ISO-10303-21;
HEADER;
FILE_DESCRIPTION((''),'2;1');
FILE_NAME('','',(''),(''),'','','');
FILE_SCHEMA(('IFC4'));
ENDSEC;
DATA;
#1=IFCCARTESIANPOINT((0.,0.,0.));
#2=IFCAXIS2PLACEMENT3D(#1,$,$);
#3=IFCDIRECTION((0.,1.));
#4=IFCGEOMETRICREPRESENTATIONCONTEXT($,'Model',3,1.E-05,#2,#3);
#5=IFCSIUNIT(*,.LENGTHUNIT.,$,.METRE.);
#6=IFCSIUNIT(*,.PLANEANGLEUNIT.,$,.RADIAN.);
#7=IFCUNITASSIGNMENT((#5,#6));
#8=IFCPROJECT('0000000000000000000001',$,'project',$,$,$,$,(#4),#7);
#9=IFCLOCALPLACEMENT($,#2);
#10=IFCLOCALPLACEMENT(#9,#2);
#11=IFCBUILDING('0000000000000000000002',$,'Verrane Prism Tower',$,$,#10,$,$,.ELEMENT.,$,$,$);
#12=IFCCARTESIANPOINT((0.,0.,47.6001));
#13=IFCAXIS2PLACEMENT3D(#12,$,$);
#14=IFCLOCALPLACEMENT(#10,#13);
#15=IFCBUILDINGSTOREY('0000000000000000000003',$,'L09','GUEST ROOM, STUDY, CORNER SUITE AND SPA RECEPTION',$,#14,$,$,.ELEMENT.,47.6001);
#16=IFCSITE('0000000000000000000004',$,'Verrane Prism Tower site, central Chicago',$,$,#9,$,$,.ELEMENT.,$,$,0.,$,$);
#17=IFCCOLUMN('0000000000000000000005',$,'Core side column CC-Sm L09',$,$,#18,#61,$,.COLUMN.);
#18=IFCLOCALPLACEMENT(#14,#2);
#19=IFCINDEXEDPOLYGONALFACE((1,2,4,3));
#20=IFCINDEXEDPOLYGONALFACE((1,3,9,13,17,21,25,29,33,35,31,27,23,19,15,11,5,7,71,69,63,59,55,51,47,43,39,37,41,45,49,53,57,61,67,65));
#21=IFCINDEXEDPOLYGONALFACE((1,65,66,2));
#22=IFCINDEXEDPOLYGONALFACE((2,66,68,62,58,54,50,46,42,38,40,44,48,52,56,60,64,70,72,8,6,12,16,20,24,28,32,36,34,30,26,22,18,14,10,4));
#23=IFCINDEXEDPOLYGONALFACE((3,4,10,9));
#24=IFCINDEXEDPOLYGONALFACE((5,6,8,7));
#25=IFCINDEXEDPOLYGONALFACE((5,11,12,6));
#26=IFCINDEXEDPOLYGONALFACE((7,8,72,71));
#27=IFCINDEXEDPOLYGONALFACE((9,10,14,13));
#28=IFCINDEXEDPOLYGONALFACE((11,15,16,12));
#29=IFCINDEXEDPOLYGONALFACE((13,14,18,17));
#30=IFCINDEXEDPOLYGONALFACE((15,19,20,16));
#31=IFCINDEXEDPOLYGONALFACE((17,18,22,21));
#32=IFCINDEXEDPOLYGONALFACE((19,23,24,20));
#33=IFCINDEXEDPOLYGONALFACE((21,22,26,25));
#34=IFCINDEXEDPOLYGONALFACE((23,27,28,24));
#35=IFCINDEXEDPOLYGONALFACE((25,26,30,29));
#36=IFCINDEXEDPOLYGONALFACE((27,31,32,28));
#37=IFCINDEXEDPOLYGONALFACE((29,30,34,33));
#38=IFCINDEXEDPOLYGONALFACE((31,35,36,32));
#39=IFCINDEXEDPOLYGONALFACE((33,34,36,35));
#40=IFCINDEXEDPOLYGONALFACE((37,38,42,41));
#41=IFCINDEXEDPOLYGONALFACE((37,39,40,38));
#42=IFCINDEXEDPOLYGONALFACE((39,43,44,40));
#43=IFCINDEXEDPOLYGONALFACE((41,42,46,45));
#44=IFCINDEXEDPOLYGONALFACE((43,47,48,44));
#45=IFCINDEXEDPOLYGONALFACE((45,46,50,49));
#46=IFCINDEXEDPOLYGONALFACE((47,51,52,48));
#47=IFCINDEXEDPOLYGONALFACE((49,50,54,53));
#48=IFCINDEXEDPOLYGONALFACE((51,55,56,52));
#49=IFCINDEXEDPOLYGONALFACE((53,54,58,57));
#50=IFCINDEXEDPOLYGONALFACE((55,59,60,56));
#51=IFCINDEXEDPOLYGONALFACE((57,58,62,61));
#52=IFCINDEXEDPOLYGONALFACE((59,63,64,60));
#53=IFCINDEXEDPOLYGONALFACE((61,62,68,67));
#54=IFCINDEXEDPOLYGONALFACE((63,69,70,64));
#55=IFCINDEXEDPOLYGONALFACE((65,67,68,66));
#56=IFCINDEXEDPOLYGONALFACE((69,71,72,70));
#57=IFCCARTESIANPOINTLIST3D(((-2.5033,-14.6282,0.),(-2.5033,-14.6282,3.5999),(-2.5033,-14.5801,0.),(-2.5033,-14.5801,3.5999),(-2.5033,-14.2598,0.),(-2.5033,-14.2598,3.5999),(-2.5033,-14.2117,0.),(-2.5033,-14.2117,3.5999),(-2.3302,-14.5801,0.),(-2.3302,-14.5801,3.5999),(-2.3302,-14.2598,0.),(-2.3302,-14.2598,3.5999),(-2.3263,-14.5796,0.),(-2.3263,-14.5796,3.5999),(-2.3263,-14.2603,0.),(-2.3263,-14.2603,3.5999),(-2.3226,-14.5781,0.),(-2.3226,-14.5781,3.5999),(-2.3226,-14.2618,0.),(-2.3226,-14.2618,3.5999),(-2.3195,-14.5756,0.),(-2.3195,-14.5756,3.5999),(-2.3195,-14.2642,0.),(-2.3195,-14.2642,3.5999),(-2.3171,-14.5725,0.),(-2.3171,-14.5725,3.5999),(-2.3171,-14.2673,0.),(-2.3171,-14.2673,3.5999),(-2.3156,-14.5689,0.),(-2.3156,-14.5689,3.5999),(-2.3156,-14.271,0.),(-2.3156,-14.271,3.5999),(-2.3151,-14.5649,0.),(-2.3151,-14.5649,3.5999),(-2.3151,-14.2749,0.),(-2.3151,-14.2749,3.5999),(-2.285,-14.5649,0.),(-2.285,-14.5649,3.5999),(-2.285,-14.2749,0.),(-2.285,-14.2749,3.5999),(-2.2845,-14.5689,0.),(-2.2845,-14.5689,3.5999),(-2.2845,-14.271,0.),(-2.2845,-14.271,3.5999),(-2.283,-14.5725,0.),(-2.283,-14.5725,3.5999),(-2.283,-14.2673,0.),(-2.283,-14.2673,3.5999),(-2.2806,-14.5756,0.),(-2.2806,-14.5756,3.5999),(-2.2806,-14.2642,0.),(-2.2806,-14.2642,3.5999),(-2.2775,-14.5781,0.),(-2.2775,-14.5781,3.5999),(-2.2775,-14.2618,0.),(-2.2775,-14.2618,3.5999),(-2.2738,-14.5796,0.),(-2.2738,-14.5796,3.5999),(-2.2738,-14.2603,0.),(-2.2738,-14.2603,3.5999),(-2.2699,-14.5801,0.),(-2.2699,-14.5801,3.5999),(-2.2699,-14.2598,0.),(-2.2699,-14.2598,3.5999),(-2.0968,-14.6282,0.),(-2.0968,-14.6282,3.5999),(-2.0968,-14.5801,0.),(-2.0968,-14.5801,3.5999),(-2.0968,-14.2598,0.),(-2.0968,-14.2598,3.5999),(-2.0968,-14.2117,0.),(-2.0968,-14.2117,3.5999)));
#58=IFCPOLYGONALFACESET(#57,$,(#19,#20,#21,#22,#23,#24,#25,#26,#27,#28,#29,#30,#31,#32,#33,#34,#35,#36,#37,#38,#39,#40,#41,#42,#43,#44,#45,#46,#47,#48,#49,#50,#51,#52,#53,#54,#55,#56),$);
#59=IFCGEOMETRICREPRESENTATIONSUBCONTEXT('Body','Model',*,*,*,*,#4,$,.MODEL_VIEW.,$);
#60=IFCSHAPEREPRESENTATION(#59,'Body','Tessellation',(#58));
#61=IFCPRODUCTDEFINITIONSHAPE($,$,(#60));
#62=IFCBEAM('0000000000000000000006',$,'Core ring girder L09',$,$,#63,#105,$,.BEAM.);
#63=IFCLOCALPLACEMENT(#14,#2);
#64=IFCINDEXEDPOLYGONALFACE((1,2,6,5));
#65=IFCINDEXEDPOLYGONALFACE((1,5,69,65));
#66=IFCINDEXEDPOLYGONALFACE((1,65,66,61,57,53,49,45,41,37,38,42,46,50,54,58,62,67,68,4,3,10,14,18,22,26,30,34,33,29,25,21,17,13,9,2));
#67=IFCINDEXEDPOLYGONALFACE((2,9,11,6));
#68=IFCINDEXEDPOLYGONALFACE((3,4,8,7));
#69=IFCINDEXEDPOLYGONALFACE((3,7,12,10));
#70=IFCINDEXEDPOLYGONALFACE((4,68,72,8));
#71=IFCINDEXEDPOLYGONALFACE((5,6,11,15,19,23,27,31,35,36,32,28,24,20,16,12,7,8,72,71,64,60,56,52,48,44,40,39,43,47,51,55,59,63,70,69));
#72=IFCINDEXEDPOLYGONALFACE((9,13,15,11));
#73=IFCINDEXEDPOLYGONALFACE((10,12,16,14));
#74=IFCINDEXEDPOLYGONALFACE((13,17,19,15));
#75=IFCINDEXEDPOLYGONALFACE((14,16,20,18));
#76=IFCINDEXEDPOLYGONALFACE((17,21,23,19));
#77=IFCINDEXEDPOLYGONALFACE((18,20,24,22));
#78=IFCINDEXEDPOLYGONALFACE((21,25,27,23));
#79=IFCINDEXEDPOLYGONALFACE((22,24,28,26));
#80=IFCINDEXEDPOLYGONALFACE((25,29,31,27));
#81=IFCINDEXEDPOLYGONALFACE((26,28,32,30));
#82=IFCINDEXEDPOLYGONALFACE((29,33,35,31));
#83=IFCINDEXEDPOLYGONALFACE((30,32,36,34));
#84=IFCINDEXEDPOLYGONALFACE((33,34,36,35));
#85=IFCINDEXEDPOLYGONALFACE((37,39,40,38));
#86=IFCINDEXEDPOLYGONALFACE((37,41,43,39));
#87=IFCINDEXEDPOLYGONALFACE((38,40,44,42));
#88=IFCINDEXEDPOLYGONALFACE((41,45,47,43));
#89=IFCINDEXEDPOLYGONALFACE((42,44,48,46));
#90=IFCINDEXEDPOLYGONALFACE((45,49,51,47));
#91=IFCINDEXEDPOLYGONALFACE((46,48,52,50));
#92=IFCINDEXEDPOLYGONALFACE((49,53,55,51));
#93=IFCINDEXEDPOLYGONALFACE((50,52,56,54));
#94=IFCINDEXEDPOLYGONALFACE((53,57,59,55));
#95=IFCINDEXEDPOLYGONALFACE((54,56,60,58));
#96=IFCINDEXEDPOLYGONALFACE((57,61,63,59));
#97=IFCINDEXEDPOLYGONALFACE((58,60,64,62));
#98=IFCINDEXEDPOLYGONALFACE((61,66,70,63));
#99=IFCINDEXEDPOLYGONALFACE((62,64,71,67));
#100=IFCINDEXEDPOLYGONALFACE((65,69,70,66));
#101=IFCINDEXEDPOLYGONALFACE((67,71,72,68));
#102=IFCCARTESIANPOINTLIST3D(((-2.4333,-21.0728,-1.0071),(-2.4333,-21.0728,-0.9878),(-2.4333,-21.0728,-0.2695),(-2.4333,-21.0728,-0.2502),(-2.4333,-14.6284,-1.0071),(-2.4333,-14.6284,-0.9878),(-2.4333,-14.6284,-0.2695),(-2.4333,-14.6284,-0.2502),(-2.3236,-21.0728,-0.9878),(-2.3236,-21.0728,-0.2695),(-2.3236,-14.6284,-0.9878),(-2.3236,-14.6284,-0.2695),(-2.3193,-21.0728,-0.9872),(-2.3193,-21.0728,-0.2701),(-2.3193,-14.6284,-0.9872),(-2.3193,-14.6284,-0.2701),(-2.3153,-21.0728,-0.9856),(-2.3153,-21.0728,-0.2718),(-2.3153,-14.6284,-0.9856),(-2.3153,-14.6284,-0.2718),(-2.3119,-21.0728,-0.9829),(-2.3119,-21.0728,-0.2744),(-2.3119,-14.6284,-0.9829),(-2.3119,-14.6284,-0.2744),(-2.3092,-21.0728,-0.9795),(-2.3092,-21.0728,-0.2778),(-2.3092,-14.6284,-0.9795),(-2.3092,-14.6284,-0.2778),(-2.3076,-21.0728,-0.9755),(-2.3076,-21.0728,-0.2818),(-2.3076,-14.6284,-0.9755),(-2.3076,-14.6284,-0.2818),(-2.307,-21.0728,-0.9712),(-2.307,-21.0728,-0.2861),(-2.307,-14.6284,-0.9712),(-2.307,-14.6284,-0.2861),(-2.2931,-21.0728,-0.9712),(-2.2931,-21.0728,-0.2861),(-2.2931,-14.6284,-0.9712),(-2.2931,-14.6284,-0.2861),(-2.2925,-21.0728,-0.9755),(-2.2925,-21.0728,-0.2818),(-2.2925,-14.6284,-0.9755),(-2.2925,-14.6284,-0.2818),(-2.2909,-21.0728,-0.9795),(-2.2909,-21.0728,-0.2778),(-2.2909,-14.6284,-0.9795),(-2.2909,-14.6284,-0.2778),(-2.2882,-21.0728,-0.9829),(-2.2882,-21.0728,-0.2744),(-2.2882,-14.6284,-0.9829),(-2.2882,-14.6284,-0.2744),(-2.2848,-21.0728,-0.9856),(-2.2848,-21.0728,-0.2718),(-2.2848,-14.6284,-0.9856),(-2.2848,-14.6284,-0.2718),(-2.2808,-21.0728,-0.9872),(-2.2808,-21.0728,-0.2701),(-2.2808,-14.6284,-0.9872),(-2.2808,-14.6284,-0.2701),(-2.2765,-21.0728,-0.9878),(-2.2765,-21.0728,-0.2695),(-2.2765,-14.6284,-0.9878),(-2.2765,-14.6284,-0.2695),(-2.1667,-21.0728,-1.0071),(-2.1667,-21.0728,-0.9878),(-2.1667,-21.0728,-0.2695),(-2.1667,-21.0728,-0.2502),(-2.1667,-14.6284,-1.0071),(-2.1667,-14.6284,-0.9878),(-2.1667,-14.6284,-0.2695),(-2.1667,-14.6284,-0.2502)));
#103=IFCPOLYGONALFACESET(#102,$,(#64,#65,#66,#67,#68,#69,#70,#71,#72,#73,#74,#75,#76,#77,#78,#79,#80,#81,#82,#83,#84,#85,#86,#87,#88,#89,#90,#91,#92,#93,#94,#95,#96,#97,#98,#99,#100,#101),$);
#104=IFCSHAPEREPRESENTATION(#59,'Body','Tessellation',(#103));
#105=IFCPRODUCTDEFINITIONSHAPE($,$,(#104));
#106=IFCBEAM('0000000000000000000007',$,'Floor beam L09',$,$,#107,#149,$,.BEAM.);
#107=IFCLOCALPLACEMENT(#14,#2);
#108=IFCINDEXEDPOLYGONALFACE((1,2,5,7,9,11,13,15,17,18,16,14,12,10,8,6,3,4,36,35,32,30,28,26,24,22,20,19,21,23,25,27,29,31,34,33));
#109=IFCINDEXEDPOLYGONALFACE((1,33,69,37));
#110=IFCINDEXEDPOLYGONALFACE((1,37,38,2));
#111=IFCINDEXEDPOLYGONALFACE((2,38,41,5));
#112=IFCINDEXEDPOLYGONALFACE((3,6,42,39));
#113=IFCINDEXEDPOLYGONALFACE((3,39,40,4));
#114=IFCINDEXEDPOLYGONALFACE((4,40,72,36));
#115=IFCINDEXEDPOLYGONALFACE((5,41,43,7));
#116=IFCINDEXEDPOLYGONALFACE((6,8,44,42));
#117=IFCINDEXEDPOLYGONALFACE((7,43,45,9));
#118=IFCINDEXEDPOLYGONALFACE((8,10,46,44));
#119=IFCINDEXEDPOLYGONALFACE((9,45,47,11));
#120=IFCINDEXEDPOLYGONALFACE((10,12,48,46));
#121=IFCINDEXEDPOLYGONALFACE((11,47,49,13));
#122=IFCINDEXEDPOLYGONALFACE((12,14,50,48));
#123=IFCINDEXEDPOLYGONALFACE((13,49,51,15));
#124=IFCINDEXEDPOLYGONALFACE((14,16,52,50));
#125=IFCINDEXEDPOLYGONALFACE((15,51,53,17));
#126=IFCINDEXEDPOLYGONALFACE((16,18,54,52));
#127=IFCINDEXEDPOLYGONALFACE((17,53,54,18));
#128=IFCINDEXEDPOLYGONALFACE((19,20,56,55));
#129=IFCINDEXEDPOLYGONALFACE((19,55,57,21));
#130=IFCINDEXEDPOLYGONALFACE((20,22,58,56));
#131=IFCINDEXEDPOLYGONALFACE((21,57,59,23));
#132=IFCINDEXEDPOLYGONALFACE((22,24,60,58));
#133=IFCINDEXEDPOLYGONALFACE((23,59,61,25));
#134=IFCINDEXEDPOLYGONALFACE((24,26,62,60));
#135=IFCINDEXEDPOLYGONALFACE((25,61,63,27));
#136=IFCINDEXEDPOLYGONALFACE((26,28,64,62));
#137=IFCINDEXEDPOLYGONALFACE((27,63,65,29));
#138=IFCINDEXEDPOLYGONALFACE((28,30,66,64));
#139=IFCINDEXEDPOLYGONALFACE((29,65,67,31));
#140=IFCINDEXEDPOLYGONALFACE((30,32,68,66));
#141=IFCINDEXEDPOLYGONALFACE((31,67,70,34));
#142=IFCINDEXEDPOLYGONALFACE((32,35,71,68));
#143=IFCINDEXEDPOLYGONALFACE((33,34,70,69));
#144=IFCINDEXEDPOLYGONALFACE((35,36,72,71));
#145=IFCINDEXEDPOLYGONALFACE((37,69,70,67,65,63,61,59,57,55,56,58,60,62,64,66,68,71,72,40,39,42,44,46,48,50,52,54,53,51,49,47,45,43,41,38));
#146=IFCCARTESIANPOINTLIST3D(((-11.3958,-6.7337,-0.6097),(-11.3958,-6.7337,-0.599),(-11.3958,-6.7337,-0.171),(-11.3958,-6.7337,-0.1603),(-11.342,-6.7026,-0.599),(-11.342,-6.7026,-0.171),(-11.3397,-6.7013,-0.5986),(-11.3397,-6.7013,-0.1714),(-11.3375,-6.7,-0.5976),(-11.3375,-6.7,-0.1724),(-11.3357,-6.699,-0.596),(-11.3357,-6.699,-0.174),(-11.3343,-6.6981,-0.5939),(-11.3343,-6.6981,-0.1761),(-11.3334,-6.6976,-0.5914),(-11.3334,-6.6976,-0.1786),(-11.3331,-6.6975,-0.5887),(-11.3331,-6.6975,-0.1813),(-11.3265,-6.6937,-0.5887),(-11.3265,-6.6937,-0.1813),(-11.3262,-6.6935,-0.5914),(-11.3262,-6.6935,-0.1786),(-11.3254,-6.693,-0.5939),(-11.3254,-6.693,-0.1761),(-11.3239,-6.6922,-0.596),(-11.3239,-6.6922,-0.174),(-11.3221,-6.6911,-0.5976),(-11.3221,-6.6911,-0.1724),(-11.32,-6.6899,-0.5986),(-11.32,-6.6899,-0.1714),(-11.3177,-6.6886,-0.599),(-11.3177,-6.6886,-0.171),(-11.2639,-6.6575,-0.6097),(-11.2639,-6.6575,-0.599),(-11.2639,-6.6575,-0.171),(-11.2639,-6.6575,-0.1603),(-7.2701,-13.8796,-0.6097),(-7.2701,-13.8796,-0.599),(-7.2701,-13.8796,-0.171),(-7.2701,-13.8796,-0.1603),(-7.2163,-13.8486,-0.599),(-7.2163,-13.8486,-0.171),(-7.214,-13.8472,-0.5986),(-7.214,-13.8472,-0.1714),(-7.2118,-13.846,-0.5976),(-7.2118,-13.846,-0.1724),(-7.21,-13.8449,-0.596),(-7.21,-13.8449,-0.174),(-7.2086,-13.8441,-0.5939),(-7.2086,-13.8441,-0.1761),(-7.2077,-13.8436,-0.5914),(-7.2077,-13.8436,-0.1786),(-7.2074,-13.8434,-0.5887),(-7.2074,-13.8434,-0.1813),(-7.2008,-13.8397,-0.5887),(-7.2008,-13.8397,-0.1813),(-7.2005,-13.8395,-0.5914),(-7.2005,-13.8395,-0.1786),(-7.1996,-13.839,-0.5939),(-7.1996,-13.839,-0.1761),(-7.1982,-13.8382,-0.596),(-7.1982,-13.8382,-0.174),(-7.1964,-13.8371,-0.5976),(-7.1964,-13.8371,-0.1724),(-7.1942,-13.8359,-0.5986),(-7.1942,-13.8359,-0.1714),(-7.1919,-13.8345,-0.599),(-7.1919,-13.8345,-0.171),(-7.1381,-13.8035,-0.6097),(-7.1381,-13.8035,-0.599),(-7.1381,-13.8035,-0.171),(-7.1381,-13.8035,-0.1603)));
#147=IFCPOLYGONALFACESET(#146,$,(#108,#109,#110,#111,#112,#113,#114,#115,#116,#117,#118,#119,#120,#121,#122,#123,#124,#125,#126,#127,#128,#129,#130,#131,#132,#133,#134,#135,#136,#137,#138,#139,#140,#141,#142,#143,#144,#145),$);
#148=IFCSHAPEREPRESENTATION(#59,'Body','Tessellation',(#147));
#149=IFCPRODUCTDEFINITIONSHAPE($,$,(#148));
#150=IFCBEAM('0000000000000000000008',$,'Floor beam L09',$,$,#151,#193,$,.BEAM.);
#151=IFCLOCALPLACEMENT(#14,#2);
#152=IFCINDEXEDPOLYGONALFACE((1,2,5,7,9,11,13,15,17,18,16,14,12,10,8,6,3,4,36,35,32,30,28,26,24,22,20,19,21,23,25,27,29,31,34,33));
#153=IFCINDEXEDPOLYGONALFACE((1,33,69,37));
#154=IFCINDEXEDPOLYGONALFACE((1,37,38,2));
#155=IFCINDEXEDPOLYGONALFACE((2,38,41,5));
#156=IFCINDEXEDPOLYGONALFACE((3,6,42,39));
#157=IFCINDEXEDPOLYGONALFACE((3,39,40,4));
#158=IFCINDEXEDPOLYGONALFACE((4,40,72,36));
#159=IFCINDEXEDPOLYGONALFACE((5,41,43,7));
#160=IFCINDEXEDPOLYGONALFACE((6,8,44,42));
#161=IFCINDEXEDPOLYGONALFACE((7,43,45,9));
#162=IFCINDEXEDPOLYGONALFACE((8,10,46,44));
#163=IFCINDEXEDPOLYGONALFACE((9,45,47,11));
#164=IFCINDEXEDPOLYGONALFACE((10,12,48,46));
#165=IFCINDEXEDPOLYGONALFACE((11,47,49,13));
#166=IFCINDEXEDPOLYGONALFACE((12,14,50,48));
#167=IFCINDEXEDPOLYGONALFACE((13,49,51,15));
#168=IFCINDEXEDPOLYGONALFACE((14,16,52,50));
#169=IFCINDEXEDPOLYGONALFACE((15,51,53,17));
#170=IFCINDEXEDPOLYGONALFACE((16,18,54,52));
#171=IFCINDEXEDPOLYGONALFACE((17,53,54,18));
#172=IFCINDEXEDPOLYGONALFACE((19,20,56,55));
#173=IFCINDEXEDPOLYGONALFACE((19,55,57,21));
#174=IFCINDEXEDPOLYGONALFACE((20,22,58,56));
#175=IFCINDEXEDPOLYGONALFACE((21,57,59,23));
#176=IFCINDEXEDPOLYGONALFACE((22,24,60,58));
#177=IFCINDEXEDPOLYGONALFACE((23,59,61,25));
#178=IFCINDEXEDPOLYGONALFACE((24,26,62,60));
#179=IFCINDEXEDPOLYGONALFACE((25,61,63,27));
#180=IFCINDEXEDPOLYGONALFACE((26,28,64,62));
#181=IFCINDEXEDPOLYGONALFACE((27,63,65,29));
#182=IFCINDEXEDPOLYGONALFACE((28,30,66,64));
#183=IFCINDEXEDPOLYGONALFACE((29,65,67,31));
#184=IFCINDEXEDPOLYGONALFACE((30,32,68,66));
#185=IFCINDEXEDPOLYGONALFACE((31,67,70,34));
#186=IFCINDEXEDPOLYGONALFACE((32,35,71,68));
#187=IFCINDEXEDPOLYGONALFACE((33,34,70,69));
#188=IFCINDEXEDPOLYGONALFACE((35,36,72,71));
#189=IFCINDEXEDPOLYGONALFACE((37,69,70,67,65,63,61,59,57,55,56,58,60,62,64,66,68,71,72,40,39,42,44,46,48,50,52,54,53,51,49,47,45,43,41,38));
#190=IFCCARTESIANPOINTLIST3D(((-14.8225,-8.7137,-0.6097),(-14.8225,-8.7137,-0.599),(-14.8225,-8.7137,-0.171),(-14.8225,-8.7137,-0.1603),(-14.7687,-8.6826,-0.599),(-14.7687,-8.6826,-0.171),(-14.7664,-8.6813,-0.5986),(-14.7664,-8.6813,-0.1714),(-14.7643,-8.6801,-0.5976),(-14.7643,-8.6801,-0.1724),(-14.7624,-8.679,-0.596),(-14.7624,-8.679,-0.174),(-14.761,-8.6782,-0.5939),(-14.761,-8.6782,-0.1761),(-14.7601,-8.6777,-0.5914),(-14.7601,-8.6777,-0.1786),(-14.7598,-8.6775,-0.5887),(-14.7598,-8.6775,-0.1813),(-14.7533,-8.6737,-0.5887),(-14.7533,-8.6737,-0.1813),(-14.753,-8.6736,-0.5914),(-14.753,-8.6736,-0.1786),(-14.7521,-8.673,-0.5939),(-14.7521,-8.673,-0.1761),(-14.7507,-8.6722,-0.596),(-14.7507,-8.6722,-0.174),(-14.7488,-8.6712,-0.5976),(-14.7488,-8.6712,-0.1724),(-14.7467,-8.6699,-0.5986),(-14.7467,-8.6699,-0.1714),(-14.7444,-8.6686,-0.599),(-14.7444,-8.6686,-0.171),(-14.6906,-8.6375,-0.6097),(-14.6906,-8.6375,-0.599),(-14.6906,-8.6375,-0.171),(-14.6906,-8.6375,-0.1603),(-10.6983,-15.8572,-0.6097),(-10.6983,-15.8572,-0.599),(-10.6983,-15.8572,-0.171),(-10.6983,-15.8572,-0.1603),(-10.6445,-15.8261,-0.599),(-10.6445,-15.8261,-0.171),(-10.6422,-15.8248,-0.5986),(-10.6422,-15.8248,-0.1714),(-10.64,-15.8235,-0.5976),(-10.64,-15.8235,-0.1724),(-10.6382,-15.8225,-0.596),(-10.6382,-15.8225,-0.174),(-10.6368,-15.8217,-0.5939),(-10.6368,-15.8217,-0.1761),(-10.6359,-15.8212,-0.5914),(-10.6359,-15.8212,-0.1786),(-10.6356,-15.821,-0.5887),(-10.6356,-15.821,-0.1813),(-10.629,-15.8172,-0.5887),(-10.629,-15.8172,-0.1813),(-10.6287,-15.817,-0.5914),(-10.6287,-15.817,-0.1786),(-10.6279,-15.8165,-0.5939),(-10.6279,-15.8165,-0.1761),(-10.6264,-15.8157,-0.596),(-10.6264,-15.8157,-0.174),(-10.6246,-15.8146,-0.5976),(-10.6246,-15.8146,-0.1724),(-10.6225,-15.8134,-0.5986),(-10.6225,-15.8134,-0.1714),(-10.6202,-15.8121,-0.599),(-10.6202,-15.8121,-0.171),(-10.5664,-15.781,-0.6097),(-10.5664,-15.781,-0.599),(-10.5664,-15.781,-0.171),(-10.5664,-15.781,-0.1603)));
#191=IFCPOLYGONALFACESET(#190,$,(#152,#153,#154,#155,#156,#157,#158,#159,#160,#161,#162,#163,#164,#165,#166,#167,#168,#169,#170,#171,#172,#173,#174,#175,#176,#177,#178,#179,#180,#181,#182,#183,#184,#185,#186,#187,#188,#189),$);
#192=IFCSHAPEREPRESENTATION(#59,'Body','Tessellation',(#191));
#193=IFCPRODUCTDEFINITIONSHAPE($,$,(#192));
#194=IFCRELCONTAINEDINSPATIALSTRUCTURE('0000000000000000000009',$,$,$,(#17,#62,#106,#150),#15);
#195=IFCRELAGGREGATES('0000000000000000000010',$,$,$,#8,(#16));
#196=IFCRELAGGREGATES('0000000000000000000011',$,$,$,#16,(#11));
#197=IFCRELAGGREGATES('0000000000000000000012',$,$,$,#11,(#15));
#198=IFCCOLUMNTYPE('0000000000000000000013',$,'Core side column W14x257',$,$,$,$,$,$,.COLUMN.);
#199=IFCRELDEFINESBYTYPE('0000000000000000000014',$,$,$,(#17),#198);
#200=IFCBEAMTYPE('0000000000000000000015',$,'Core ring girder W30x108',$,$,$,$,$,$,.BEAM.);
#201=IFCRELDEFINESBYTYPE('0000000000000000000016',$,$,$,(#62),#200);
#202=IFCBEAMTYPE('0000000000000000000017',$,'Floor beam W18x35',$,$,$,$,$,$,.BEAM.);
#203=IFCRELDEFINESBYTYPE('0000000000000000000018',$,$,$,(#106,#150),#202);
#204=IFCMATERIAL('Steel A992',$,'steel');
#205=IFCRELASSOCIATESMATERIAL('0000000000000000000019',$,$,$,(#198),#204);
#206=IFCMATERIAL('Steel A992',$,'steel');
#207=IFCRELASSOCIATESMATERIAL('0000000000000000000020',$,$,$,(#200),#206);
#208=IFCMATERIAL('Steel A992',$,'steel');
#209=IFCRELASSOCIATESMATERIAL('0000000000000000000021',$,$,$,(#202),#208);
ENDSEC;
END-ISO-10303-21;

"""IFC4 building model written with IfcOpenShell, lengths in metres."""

from ifc_helpers import new_model, si_unit, direction, frame, origin, origin_2d, place, context, subcontext, project, spatial, i_section, extrude, material, material_profile, profile_set, type_object, element, save


model = new_model("IFC4")

# Units and contexts
model_context = context("Model", 3, precision=1e-05, world=origin(), true_north=direction((0.0, 1.0)))
body_context = subcontext(model_context, "Body", "Model", "MODEL_VIEW")
ifc_project = project(units=[si_unit("LENGTHUNIT", "METRE"), si_unit("PLANEANGLEUNIT", "RADIAN")], contexts=[model_context])

# Site, building, storey
site_placement = place(None, origin())
site = spatial("IfcSite", under=ifc_project, at=site_placement, Name="Verrane Prism Tower site, central Chicago", CompositionType="ELEMENT", RefElevation=0.0)
building_placement = place(site_placement, origin())
building = spatial("IfcBuilding", under=site, at=building_placement, Name="Verrane Prism Tower", CompositionType="ELEMENT")
storey_placement = place(building_placement, frame((0.0, 0.0, 47.6001)))
storey = spatial("IfcBuildingStorey", under=building, at=storey_placement, Name="L09", Description="GUEST ROOM, STUDY, CORNER SUITE AND SPA RECEPTION", CompositionType="ELEMENT", Elevation=47.6001)

# Column
ifc_material_1 = material(Name="Steel A992", Category="steel")
ifc_material_profile_1 = material_profile(ifc_material_1, i_section(OverallWidth=0.4065, OverallDepth=0.4165, WebThickness=0.03, FlangeThickness=0.0481, FilletRadius=0.0151, at=origin_2d()), Name="W14x257")
ifc_profile_set_1 = profile_set([ifc_material_profile_1], Name="Steel A992")
column_type = type_object("IfcColumnType", Name="Core side column W14x257", PredefinedType="COLUMN", material=ifc_profile_set_1)
column_placement = place(storey_placement, frame((-2.3, -14.4199, 0.0), z_axis=(0.0, 0.0, 1.0), x_axis=(1.0, 0.0, 0.0)))
element("IfcColumn", 1, at=column_placement, inside=storey, type_object=column_type, Name="Core side column CC-Sm L09", PredefinedType="COLUMN", context=body_context, shape_type="SweptSolid", body=[
    extrude(i_section(OverallWidth=0.4065, OverallDepth=0.4165, WebThickness=0.03, FlangeThickness=0.0481, FilletRadius=0.0151, at=origin_2d()), origin(), (0.0, 0.0, 1.0), 3.5999),
])

# Beams
ifc_material_2 = material(Name="Steel A992", Category="steel")
ifc_material_profile_2 = material_profile(ifc_material_2, i_section(OverallWidth=0.2666, OverallDepth=0.7568, WebThickness=0.0139, FlangeThickness=0.0193, FilletRadius=0.0166, at=origin_2d()), Name="W30x108")
ifc_profile_set_2 = profile_set([ifc_material_profile_2], Name="Steel A992")
beam_type_1 = type_object("IfcBeamType", Name="Core ring girder W30x108", PredefinedType="BEAM", material=ifc_profile_set_2)
beam_1_placement = place(storey_placement, frame((-2.3, -14.6284, -0.6287), z_axis=(0.0, -1.0, 0.0), x_axis=(1.0, 0.0, 0.0)))
element("IfcBeam", 2, at=beam_1_placement, inside=storey, type_object=beam_type_1, Name="Core ring girder L09", PredefinedType="BEAM", context=body_context, shape_type="SweptSolid", body=[
    extrude(i_section(OverallWidth=0.2666, OverallDepth=0.7568, WebThickness=0.0139, FlangeThickness=0.0193, FilletRadius=0.0166, at=origin_2d()), origin(), (0.0, 0.0, 1.0), 6.4443),
])
ifc_material_3 = material(Name="Steel A992", Category="steel")
ifc_material_profile_3 = material_profile(ifc_material_3, i_section(OverallWidth=0.1523, OverallDepth=0.4495, WebThickness=0.0076, FlangeThickness=0.0107, FilletRadius=0.0103, at=origin_2d()), Name="W18x35")
ifc_profile_set_3 = profile_set([ifc_material_profile_3], Name="Steel A992")
beam_type_2 = type_object("IfcBeamType", Name="Floor beam W18x35", PredefinedType="BEAM", material=ifc_profile_set_3)
beam_2_placement = place(storey_placement, frame((-7.2041, -13.8416, -0.385), z_axis=(-0.499999, 0.866026, 0.0), x_axis=(-0.866026, -0.499999, 0.0)))
element("IfcBeam", 3, at=beam_2_placement, inside=storey, type_object=beam_type_2, Name="Floor beam L09", PredefinedType="BEAM", context=body_context, shape_type="SweptSolid", body=[
    extrude(i_section(OverallWidth=0.1523, OverallDepth=0.4495, WebThickness=0.0076, FlangeThickness=0.0107, FilletRadius=0.0103, at=origin_2d()), origin(), (0.0, 0.0, 1.0), 8.2515),
])
beam_3_placement = place(storey_placement, frame((-10.6323, -15.8191, -0.385), z_axis=(-0.499994, 0.866029, 0.0), x_axis=(-0.866029, -0.499994, 0.0)))
element("IfcBeam", 4, at=beam_3_placement, inside=storey, type_object=beam_type_2, Name="Floor beam L09", PredefinedType="BEAM", context=body_context, shape_type="SweptSolid", body=[
    extrude(i_section(OverallWidth=0.1523, OverallDepth=0.4495, WebThickness=0.0076, FlangeThickness=0.0107, FilletRadius=0.0103, at=origin_2d()), origin(), (0.0, 0.0, 1.0), 8.2485),
])

save(model, "model.ifc")
